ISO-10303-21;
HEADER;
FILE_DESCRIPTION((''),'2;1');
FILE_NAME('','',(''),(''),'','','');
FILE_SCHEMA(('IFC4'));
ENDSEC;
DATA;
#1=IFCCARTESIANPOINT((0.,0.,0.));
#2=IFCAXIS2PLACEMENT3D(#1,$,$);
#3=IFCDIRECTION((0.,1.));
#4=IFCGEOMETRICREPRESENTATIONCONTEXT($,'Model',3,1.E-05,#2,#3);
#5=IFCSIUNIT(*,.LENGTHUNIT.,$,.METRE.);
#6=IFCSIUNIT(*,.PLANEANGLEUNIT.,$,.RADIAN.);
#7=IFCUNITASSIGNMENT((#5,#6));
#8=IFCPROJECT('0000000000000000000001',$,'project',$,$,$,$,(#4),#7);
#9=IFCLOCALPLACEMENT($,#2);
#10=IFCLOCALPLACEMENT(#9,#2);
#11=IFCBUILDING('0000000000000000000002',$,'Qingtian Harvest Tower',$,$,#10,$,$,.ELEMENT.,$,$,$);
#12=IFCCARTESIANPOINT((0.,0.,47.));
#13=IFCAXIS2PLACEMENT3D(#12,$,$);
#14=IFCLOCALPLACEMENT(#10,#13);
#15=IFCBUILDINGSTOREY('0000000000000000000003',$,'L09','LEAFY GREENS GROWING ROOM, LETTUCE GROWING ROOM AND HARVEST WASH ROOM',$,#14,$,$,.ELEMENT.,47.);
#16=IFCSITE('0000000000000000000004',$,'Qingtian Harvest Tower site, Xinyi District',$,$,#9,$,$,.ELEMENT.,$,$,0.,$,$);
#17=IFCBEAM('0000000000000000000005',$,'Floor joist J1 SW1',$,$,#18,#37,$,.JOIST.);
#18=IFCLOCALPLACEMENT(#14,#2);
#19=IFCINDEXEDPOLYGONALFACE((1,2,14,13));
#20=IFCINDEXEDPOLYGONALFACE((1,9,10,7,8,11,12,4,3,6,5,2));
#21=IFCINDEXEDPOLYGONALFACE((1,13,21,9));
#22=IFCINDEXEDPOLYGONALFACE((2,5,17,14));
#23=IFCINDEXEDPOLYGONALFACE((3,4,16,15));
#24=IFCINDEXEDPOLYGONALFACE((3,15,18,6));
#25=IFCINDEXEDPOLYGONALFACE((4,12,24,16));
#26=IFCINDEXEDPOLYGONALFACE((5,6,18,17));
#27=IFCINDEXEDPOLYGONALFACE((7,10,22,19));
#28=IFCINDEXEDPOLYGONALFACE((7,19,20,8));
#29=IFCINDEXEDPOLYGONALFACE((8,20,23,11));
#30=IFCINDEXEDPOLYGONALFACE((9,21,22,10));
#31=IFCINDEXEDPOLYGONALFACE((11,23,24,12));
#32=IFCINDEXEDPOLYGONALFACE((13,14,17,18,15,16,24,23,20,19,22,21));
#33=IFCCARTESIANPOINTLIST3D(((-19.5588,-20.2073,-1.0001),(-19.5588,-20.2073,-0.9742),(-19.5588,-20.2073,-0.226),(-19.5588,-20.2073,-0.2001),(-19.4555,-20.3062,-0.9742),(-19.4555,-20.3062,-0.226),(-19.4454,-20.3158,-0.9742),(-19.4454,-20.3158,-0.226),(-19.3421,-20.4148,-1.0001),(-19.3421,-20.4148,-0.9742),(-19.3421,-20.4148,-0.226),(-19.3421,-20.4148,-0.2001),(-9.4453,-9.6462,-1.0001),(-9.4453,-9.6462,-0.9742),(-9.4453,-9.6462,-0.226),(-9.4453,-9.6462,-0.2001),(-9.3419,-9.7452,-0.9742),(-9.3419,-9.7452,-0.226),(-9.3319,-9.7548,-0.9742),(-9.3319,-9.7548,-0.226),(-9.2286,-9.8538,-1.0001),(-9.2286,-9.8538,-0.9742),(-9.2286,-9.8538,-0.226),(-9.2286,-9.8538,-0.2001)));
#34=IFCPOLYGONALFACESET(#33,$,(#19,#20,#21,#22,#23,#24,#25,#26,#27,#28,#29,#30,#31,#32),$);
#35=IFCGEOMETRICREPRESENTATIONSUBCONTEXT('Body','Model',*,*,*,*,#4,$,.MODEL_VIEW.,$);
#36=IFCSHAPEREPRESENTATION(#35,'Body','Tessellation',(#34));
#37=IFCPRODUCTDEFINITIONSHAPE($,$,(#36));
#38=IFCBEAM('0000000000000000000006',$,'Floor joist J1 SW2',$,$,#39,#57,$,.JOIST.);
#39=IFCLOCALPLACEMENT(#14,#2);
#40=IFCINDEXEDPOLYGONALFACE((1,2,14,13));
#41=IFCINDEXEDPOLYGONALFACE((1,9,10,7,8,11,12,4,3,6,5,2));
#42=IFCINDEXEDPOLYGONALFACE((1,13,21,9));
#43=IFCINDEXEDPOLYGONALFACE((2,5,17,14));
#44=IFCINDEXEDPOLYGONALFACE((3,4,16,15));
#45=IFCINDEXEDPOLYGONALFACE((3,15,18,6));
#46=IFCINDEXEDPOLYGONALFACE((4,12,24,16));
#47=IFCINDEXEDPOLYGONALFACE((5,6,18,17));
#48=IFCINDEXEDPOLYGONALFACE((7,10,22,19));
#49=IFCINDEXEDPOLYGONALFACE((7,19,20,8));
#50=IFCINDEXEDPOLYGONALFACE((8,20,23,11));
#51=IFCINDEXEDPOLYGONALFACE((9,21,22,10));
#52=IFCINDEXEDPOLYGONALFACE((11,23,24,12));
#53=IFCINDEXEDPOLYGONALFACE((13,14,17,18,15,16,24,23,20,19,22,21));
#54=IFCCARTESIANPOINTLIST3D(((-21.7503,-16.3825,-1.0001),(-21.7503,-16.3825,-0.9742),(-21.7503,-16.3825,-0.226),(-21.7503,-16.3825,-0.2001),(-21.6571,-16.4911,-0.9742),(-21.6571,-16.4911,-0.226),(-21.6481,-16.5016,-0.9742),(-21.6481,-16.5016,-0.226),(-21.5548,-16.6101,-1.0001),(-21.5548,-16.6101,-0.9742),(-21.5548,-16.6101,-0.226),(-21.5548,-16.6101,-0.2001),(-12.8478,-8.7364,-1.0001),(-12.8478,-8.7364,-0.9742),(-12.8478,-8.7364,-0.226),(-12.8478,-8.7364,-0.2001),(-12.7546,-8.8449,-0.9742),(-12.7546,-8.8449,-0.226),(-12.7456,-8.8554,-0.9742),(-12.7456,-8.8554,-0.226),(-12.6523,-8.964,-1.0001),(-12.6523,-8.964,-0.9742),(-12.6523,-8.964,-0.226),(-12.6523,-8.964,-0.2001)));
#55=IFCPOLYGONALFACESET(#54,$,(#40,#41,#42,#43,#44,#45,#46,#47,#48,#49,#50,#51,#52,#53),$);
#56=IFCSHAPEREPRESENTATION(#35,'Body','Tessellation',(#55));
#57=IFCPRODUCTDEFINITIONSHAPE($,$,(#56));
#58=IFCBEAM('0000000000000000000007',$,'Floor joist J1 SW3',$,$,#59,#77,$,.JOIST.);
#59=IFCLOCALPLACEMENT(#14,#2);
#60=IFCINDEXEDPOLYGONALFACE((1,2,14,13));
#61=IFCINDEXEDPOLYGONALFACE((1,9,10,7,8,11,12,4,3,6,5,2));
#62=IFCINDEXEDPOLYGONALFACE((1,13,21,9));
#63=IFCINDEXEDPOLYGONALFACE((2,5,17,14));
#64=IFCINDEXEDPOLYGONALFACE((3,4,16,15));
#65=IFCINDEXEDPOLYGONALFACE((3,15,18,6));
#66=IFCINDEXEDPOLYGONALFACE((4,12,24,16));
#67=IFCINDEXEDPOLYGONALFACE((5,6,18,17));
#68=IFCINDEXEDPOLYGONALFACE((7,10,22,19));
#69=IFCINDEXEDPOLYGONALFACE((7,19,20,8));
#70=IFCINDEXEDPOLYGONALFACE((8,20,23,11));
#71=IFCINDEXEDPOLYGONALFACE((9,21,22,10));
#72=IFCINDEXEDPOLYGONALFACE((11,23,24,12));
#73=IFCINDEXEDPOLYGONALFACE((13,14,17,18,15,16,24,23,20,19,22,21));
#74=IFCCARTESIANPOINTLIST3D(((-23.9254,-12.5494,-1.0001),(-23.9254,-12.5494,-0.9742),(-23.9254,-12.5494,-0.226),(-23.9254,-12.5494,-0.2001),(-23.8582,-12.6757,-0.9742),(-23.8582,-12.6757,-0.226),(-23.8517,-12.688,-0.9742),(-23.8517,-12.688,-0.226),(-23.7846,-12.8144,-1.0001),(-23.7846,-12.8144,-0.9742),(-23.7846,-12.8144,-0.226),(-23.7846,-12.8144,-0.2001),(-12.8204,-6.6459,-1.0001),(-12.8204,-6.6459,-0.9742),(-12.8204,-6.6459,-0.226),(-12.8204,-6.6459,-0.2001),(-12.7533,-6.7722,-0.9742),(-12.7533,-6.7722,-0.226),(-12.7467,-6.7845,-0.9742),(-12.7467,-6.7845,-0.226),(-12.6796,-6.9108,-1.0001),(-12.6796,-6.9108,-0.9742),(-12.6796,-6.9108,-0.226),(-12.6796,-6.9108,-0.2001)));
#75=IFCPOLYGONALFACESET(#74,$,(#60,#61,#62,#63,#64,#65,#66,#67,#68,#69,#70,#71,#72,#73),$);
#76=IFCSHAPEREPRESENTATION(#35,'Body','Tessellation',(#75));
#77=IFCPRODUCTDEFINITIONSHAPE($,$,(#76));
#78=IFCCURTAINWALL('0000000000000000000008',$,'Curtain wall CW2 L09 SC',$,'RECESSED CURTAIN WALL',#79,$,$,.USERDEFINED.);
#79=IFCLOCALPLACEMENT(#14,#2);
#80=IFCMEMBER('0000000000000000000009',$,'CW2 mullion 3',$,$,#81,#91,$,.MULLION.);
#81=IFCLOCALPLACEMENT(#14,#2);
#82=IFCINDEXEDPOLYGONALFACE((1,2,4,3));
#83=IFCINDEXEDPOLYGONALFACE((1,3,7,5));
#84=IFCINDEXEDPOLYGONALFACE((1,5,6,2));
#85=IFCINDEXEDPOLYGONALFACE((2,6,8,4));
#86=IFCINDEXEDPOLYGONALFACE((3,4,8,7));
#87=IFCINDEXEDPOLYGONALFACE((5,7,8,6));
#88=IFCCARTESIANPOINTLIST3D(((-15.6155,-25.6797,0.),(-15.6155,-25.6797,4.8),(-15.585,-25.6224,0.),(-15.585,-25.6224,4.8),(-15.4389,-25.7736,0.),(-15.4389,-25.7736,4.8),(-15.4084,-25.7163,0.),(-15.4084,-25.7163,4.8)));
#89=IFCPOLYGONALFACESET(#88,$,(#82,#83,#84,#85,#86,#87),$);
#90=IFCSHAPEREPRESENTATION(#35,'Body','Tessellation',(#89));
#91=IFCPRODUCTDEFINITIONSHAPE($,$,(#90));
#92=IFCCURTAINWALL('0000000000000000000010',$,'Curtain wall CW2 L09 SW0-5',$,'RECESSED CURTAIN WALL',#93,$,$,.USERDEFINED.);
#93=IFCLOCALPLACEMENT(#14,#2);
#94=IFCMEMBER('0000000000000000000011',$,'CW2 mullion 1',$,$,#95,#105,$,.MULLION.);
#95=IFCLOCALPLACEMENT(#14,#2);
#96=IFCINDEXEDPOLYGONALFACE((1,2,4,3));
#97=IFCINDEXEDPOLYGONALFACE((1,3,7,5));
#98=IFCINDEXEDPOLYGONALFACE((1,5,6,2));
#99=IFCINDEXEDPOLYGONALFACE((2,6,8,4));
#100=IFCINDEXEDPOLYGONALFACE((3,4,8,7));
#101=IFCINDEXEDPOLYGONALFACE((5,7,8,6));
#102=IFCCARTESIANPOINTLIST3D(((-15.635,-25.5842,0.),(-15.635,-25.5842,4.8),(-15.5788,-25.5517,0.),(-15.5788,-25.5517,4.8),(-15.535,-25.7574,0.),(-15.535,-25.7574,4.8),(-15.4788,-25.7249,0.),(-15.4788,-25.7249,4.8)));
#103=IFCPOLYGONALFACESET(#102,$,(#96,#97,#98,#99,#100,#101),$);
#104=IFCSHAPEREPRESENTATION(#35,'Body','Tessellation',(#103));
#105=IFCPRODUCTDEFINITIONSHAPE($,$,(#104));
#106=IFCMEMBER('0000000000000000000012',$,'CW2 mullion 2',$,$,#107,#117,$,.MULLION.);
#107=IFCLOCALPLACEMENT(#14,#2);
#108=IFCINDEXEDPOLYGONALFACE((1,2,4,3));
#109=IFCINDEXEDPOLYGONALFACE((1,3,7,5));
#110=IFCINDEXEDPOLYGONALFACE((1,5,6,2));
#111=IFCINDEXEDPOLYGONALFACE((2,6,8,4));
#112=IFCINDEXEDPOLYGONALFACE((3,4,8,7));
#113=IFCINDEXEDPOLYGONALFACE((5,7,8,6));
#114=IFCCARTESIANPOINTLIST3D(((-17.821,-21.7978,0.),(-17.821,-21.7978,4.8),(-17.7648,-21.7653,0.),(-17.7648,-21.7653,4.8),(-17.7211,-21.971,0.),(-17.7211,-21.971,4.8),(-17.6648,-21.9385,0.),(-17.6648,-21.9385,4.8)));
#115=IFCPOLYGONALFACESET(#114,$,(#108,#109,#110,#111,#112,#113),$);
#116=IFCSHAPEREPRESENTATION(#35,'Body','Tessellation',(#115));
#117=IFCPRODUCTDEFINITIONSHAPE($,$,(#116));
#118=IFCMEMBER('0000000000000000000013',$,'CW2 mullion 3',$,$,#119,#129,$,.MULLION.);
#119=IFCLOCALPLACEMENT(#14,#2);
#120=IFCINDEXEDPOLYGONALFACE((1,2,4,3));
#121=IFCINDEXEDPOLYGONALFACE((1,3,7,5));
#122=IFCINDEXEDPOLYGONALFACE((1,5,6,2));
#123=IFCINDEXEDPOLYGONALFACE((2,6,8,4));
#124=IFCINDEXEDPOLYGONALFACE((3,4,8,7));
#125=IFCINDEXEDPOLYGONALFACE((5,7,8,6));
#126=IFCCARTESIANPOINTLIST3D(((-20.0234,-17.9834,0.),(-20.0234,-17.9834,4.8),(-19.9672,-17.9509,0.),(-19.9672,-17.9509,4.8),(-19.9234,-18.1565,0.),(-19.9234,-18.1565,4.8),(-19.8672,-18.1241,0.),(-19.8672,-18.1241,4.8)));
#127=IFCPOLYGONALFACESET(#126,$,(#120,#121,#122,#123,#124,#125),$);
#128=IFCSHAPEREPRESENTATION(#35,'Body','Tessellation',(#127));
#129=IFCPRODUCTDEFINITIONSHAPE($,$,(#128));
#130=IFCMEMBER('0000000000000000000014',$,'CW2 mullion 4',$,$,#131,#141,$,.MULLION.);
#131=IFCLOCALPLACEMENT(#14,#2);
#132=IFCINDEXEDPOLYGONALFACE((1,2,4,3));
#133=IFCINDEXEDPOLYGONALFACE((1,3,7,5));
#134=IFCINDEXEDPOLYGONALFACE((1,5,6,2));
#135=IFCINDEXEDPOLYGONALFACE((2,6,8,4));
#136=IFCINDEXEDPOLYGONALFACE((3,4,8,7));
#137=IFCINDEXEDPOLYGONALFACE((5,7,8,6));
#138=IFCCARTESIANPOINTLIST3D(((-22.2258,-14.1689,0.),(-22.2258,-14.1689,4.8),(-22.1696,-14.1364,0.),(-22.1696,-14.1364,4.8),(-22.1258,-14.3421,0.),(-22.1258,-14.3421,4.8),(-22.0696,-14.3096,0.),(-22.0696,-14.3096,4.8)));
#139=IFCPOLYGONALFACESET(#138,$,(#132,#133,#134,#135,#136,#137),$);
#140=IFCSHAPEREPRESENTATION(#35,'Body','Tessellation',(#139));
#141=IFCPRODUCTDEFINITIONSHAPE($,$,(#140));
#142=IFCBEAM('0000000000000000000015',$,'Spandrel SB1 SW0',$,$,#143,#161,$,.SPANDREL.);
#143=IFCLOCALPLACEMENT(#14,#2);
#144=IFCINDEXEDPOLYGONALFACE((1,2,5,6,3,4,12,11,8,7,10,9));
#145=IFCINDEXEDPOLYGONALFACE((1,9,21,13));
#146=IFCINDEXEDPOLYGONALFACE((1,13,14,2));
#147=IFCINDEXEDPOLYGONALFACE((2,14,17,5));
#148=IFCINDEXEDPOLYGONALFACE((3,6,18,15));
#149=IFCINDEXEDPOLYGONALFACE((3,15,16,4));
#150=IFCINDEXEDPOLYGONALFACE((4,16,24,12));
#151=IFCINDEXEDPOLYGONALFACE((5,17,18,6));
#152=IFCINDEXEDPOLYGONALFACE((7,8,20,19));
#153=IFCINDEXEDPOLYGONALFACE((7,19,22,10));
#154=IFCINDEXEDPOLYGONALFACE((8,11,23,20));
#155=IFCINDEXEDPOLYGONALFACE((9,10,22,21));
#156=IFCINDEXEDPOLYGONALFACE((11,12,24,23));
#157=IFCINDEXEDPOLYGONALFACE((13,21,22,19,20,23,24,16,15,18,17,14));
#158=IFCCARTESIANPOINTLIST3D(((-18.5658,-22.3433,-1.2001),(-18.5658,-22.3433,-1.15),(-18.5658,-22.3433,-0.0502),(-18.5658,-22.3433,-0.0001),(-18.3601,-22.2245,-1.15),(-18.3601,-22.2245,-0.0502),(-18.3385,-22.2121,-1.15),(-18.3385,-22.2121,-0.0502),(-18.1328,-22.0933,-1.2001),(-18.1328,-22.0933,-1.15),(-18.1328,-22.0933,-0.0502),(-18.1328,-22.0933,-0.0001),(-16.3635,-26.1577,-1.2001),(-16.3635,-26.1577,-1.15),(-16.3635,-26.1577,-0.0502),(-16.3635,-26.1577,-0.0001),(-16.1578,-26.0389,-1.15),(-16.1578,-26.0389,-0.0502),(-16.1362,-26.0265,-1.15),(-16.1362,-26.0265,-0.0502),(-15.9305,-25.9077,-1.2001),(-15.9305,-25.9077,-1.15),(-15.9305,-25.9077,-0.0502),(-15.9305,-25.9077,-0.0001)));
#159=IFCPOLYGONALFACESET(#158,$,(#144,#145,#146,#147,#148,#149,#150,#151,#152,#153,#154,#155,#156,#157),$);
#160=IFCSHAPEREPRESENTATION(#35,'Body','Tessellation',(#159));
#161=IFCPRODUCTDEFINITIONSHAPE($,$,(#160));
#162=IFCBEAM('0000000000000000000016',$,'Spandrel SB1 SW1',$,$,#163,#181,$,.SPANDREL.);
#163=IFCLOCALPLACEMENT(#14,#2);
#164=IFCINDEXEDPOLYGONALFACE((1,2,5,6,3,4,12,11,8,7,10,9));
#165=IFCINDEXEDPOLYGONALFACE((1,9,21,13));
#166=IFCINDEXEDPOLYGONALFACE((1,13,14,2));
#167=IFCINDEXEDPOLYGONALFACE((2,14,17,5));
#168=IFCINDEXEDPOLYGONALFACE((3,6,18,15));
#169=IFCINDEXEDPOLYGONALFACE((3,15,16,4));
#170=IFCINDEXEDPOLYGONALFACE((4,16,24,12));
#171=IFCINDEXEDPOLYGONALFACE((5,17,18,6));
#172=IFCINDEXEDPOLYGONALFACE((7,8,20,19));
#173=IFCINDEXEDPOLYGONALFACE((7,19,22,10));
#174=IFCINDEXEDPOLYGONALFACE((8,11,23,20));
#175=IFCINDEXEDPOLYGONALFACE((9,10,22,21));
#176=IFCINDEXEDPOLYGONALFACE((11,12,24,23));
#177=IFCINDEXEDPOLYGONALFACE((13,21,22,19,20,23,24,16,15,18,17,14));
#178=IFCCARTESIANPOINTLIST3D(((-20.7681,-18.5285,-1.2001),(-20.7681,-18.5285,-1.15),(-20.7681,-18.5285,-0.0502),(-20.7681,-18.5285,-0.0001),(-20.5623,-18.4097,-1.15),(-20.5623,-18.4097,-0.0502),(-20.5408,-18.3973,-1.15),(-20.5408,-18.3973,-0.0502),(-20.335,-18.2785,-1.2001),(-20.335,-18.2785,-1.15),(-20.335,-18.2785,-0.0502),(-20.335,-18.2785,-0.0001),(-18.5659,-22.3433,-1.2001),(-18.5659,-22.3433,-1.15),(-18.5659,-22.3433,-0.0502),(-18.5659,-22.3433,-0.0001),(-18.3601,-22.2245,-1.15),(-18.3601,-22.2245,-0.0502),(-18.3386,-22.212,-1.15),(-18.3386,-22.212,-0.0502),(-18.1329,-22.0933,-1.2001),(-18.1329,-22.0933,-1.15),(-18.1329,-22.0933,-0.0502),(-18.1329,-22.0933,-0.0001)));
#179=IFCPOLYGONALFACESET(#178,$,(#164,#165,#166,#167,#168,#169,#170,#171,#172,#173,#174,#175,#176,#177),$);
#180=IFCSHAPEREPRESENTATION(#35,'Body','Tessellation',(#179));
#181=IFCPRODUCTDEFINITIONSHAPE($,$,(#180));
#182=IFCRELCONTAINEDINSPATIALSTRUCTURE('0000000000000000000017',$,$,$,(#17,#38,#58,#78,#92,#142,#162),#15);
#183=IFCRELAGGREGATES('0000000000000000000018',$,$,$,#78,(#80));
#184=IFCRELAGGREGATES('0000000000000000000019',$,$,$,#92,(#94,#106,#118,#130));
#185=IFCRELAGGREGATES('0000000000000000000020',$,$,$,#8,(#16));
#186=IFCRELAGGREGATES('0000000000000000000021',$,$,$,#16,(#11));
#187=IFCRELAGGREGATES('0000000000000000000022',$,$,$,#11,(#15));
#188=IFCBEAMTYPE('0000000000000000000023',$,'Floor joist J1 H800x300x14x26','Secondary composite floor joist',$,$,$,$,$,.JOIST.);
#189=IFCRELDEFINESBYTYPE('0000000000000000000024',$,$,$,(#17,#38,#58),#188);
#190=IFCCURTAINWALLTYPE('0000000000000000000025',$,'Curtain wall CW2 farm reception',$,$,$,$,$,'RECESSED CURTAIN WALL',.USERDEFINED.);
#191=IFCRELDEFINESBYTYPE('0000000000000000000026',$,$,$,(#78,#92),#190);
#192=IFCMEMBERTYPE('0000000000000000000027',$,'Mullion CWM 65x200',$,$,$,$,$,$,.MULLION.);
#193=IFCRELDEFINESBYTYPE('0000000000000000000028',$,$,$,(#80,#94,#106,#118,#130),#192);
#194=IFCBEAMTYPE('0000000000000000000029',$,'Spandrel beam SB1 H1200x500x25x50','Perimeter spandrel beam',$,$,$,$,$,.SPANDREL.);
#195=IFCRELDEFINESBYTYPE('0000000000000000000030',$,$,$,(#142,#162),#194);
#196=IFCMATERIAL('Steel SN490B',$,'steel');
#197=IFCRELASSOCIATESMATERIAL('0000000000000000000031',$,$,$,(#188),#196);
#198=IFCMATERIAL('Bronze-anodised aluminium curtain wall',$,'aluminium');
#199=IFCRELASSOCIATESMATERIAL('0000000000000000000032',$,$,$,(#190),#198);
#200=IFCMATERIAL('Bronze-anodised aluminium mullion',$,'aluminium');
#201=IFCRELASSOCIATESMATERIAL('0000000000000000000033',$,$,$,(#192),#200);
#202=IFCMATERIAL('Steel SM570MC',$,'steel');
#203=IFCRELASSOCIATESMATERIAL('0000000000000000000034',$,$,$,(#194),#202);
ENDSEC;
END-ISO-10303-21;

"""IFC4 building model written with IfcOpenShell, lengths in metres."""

from ifc_helpers import new_model, si_unit, direction, frame, origin, origin_2d, place, context, subcontext, project, spatial, rectangle, i_section, extrude, material, material_profile, profile_set, type_object, element, aggregate, save


model = new_model("IFC4")

# Units and contexts
model_context = context("Model", 3, precision=1e-05, world=origin(), true_north=direction((0.0, 1.0)))
body_context = subcontext(model_context, "Body", "Model", "MODEL_VIEW")
ifc_project = project(units=[si_unit("LENGTHUNIT", "METRE"), si_unit("PLANEANGLEUNIT", "RADIAN")], contexts=[model_context])

# Site, building, storey
site_placement = place(None, origin())
site = spatial("IfcSite", under=ifc_project, at=site_placement, Name="Qingtian Harvest Tower site, Xinyi District", CompositionType="ELEMENT", RefElevation=0.0)
building_placement = place(site_placement, origin())
building = spatial("IfcBuilding", under=site, at=building_placement, Name="Qingtian Harvest Tower", CompositionType="ELEMENT")
storey_placement = place(building_placement, frame((0.0, 0.0, 47.0)))
storey = spatial("IfcBuildingStorey", under=building, at=storey_placement, Name="L09", Description="LEAFY GREENS GROWING ROOM, LETTUCE GROWING ROOM AND HARVEST WASH ROOM", CompositionType="ELEMENT", Elevation=47.0)

# Beams
ifc_material_1 = material(Name="Steel SN490B", Category="steel")
ifc_material_profile_1 = material_profile(ifc_material_1, i_section(OverallWidth=0.3, OverallDepth=0.8, WebThickness=0.0139, FlangeThickness=0.0259, at=origin_2d()), Name="H800x300x14x26")
ifc_profile_set_1 = profile_set([ifc_material_profile_1], Name="Steel SN490B")
beam_type_1 = type_object("IfcBeamType", Name="Floor joist J1 H800x300x14x26", Description="Secondary composite floor joist", PredefinedType="JOIST", material=ifc_profile_set_1)
beam_1_placement = place(storey_placement, frame((-19.4504, -20.311, -0.6001), z_axis=(0.691639, 0.722243, 0.0), x_axis=(-0.722243, 0.691639, 0.0)))
element("IfcBeam", 1, at=beam_1_placement, inside=storey, type_object=beam_type_1, Name="Floor joist J1 SW1", PredefinedType="JOIST", context=body_context, shape_type="SweptSolid", body=[
    extrude(i_section(OverallWidth=0.3, OverallDepth=0.8, WebThickness=0.0139, FlangeThickness=0.0259, at=origin_2d()), origin(), (0.0, 0.0, 1.0), 14.6226),
])
beam_2_placement = place(storey_placement, frame((-21.6526, -16.4963, -0.6001), z_axis=(0.758606, 0.65155, 0.0), x_axis=(-0.65155, 0.758606, 0.0)))
element("IfcBeam", 2, at=beam_2_placement, inside=storey, type_object=beam_type_1, Name="Floor joist J1 SW2", PredefinedType="JOIST", context=body_context, shape_type="SweptSolid", body=[
    extrude(i_section(OverallWidth=0.3, OverallDepth=0.8, WebThickness=0.0139, FlangeThickness=0.0259, at=origin_2d()), origin(), (0.0, 0.0, 1.0), 11.7354),
])
beam_3_placement = place(storey_placement, frame((-23.855, -12.6819, -0.6001), z_axis=(0.882982, 0.469406, 0.0), x_axis=(-0.469406, 0.882982, 0.0)))
element("IfcBeam", 3, at=beam_3_placement, inside=storey, type_object=beam_type_1, Name="Floor joist J1 SW3", PredefinedType="JOIST", context=body_context, shape_type="SweptSolid", body=[
    extrude(i_section(OverallWidth=0.3, OverallDepth=0.8, WebThickness=0.0139, FlangeThickness=0.0259, at=origin_2d()), origin(), (0.0, 0.0, 1.0), 12.5767),
])

# Curtain wall, member
ifc_material_2 = material(Name="Bronze-anodised aluminium curtain wall", Category="aluminium")
curtain_wall_type = type_object("IfcCurtainWallType", Name="Curtain wall CW2 farm reception", ElementType="RECESSED CURTAIN WALL", PredefinedType="USERDEFINED", material=ifc_material_2)
curtain_wall_1_placement = place(storey_placement, origin())
curtain_wall_1 = element("IfcCurtainWall", 4, at=curtain_wall_1_placement, inside=storey, type_object=curtain_wall_type, Name="Curtain wall CW2 L09 SC", ObjectType="RECESSED CURTAIN WALL", PredefinedType="USERDEFINED")
ifc_material_3 = material(Name="Bronze-anodised aluminium mullion", Category="aluminium")
ifc_material_profile_2 = material_profile(ifc_material_3, rectangle(XDim=0.0649, YDim=0.2, at=origin_2d()), Name="AL 65x200")
ifc_profile_set_2 = profile_set([ifc_material_profile_2], Name="Bronze-anodised aluminium mullion")
member_type_1 = type_object("IfcMemberType", Name="Mullion CWM 65x200", PredefinedType="MULLION", material=ifc_profile_set_2)
member_1_placement = place(storey_placement, frame((-15.512, -25.698, 0.0), z_axis=(0.0, 0.0, 1.0), x_axis=(-0.469472, -0.882948, 0.0)))
member_1 = element("IfcMember", 5, at=member_1_placement, type_object=member_type_1, Name="CW2 mullion 3", PredefinedType="MULLION", context=body_context, shape_type="SweptSolid", body=[
    extrude(rectangle(XDim=0.0649, YDim=0.2, at=origin_2d()), origin(), (0.0, 0.0, 1.0), 4.8),
])

# Curtain wall, members
curtain_wall_2_placement = place(storey_placement, origin())
curtain_wall_2 = element("IfcCurtainWall", 6, at=curtain_wall_2_placement, inside=storey, type_object=curtain_wall_type, Name="Curtain wall CW2 L09 SW0-5", ObjectType="RECESSED CURTAIN WALL", PredefinedType="USERDEFINED")
member_2_placement = place(storey_placement, frame((-15.5569, -25.6545, 0.0), z_axis=(0.0, 0.0, 1.0), x_axis=(-0.866025, -0.5, 0.0)))
member_2 = element("IfcMember", 7, at=member_2_placement, type_object=member_type_1, Name="CW2 mullion 1", PredefinedType="MULLION", context=body_context, shape_type="SweptSolid", body=[
    extrude(rectangle(XDim=0.0649, YDim=0.2, at=origin_2d()), origin(), (0.0, 0.0, 1.0), 4.8),
])
member_3_placement = place(storey_placement, frame((-17.7429, -21.8682, 0.0), z_axis=(0.0, 0.0, 1.0), x_axis=(-0.866025, -0.5, 0.0)))
member_3 = element("IfcMember", 8, at=member_3_placement, type_object=member_type_1, Name="CW2 mullion 2", PredefinedType="MULLION", context=body_context, shape_type="SweptSolid", body=[
    extrude(rectangle(XDim=0.0649, YDim=0.2, at=origin_2d()), origin(), (0.0, 0.0, 1.0), 4.8),
])
member_4_placement = place(storey_placement, frame((-19.9453, -18.0537, 0.0), z_axis=(0.0, 0.0, 1.0), x_axis=(-0.866025, -0.5, 0.0)))
member_4 = element("IfcMember", 9, at=member_4_placement, type_object=member_type_1, Name="CW2 mullion 3", PredefinedType="MULLION", context=body_context, shape_type="SweptSolid", body=[
    extrude(rectangle(XDim=0.0649, YDim=0.2, at=origin_2d()), origin(), (0.0, 0.0, 1.0), 4.8),
])
member_5_placement = place(storey_placement, frame((-22.1477, -14.2393, 0.0), z_axis=(0.0, 0.0, 1.0), x_axis=(-0.866025, -0.5, 0.0)))
member_5 = element("IfcMember", 10, at=member_5_placement, type_object=member_type_1, Name="CW2 mullion 4", PredefinedType="MULLION", context=body_context, shape_type="SweptSolid", body=[
    extrude(rectangle(XDim=0.0649, YDim=0.2, at=origin_2d()), origin(), (0.0, 0.0, 1.0), 4.8),
])

# Beams
ifc_material_4 = material(Name="Steel SM570MC", Category="steel")
ifc_material_profile_3 = material_profile(ifc_material_4, i_section(OverallWidth=0.5, OverallDepth=1.2, WebThickness=0.0249, FlangeThickness=0.05, at=origin_2d()), Name="H1200x500x25x50")
ifc_profile_set_3 = profile_set([ifc_material_profile_3], Name="Steel SM570MC")
beam_type_2 = type_object("IfcBeamType", Name="Spandrel beam SB1 H1200x500x25x50", Description="Perimeter spandrel beam", PredefinedType="SPANDREL", material=ifc_profile_set_3)
beam_4_placement = place(storey_placement, frame((-16.147, -26.0327, -0.6001), z_axis=(-0.50002, 0.866014, 0.0), x_axis=(-0.866014, -0.50002, 0.0)))
element("IfcBeam", 11, at=beam_4_placement, inside=storey, type_object=beam_type_2, Name="Spandrel SB1 SW0", PredefinedType="SPANDREL", context=body_context, shape_type="SweptSolid", body=[
    extrude(i_section(OverallWidth=0.5, OverallDepth=1.2, WebThickness=0.0249, FlangeThickness=0.05, at=origin_2d()), origin(), (0.0, 0.0, 1.0), 4.4045),
])
beam_5_placement = place(storey_placement, frame((-18.3494, -22.2183, -0.6001), z_axis=(-0.499954, 0.866052, 0.0), x_axis=(-0.866052, -0.499954, 0.0)))
element("IfcBeam", 12, at=beam_5_placement, inside=storey, type_object=beam_type_2, Name="Spandrel SB1 SW1", PredefinedType="SPANDREL", context=body_context, shape_type="SweptSolid", body=[
    extrude(i_section(OverallWidth=0.5, OverallDepth=1.2, WebThickness=0.0249, FlangeThickness=0.05, at=origin_2d()), origin(), (0.0, 0.0, 1.0), 4.4048),
])

aggregate(curtain_wall_1, [member_1])
aggregate(curtain_wall_2, [member_2, member_3, member_4, member_5])

save(model, "model.ifc")
